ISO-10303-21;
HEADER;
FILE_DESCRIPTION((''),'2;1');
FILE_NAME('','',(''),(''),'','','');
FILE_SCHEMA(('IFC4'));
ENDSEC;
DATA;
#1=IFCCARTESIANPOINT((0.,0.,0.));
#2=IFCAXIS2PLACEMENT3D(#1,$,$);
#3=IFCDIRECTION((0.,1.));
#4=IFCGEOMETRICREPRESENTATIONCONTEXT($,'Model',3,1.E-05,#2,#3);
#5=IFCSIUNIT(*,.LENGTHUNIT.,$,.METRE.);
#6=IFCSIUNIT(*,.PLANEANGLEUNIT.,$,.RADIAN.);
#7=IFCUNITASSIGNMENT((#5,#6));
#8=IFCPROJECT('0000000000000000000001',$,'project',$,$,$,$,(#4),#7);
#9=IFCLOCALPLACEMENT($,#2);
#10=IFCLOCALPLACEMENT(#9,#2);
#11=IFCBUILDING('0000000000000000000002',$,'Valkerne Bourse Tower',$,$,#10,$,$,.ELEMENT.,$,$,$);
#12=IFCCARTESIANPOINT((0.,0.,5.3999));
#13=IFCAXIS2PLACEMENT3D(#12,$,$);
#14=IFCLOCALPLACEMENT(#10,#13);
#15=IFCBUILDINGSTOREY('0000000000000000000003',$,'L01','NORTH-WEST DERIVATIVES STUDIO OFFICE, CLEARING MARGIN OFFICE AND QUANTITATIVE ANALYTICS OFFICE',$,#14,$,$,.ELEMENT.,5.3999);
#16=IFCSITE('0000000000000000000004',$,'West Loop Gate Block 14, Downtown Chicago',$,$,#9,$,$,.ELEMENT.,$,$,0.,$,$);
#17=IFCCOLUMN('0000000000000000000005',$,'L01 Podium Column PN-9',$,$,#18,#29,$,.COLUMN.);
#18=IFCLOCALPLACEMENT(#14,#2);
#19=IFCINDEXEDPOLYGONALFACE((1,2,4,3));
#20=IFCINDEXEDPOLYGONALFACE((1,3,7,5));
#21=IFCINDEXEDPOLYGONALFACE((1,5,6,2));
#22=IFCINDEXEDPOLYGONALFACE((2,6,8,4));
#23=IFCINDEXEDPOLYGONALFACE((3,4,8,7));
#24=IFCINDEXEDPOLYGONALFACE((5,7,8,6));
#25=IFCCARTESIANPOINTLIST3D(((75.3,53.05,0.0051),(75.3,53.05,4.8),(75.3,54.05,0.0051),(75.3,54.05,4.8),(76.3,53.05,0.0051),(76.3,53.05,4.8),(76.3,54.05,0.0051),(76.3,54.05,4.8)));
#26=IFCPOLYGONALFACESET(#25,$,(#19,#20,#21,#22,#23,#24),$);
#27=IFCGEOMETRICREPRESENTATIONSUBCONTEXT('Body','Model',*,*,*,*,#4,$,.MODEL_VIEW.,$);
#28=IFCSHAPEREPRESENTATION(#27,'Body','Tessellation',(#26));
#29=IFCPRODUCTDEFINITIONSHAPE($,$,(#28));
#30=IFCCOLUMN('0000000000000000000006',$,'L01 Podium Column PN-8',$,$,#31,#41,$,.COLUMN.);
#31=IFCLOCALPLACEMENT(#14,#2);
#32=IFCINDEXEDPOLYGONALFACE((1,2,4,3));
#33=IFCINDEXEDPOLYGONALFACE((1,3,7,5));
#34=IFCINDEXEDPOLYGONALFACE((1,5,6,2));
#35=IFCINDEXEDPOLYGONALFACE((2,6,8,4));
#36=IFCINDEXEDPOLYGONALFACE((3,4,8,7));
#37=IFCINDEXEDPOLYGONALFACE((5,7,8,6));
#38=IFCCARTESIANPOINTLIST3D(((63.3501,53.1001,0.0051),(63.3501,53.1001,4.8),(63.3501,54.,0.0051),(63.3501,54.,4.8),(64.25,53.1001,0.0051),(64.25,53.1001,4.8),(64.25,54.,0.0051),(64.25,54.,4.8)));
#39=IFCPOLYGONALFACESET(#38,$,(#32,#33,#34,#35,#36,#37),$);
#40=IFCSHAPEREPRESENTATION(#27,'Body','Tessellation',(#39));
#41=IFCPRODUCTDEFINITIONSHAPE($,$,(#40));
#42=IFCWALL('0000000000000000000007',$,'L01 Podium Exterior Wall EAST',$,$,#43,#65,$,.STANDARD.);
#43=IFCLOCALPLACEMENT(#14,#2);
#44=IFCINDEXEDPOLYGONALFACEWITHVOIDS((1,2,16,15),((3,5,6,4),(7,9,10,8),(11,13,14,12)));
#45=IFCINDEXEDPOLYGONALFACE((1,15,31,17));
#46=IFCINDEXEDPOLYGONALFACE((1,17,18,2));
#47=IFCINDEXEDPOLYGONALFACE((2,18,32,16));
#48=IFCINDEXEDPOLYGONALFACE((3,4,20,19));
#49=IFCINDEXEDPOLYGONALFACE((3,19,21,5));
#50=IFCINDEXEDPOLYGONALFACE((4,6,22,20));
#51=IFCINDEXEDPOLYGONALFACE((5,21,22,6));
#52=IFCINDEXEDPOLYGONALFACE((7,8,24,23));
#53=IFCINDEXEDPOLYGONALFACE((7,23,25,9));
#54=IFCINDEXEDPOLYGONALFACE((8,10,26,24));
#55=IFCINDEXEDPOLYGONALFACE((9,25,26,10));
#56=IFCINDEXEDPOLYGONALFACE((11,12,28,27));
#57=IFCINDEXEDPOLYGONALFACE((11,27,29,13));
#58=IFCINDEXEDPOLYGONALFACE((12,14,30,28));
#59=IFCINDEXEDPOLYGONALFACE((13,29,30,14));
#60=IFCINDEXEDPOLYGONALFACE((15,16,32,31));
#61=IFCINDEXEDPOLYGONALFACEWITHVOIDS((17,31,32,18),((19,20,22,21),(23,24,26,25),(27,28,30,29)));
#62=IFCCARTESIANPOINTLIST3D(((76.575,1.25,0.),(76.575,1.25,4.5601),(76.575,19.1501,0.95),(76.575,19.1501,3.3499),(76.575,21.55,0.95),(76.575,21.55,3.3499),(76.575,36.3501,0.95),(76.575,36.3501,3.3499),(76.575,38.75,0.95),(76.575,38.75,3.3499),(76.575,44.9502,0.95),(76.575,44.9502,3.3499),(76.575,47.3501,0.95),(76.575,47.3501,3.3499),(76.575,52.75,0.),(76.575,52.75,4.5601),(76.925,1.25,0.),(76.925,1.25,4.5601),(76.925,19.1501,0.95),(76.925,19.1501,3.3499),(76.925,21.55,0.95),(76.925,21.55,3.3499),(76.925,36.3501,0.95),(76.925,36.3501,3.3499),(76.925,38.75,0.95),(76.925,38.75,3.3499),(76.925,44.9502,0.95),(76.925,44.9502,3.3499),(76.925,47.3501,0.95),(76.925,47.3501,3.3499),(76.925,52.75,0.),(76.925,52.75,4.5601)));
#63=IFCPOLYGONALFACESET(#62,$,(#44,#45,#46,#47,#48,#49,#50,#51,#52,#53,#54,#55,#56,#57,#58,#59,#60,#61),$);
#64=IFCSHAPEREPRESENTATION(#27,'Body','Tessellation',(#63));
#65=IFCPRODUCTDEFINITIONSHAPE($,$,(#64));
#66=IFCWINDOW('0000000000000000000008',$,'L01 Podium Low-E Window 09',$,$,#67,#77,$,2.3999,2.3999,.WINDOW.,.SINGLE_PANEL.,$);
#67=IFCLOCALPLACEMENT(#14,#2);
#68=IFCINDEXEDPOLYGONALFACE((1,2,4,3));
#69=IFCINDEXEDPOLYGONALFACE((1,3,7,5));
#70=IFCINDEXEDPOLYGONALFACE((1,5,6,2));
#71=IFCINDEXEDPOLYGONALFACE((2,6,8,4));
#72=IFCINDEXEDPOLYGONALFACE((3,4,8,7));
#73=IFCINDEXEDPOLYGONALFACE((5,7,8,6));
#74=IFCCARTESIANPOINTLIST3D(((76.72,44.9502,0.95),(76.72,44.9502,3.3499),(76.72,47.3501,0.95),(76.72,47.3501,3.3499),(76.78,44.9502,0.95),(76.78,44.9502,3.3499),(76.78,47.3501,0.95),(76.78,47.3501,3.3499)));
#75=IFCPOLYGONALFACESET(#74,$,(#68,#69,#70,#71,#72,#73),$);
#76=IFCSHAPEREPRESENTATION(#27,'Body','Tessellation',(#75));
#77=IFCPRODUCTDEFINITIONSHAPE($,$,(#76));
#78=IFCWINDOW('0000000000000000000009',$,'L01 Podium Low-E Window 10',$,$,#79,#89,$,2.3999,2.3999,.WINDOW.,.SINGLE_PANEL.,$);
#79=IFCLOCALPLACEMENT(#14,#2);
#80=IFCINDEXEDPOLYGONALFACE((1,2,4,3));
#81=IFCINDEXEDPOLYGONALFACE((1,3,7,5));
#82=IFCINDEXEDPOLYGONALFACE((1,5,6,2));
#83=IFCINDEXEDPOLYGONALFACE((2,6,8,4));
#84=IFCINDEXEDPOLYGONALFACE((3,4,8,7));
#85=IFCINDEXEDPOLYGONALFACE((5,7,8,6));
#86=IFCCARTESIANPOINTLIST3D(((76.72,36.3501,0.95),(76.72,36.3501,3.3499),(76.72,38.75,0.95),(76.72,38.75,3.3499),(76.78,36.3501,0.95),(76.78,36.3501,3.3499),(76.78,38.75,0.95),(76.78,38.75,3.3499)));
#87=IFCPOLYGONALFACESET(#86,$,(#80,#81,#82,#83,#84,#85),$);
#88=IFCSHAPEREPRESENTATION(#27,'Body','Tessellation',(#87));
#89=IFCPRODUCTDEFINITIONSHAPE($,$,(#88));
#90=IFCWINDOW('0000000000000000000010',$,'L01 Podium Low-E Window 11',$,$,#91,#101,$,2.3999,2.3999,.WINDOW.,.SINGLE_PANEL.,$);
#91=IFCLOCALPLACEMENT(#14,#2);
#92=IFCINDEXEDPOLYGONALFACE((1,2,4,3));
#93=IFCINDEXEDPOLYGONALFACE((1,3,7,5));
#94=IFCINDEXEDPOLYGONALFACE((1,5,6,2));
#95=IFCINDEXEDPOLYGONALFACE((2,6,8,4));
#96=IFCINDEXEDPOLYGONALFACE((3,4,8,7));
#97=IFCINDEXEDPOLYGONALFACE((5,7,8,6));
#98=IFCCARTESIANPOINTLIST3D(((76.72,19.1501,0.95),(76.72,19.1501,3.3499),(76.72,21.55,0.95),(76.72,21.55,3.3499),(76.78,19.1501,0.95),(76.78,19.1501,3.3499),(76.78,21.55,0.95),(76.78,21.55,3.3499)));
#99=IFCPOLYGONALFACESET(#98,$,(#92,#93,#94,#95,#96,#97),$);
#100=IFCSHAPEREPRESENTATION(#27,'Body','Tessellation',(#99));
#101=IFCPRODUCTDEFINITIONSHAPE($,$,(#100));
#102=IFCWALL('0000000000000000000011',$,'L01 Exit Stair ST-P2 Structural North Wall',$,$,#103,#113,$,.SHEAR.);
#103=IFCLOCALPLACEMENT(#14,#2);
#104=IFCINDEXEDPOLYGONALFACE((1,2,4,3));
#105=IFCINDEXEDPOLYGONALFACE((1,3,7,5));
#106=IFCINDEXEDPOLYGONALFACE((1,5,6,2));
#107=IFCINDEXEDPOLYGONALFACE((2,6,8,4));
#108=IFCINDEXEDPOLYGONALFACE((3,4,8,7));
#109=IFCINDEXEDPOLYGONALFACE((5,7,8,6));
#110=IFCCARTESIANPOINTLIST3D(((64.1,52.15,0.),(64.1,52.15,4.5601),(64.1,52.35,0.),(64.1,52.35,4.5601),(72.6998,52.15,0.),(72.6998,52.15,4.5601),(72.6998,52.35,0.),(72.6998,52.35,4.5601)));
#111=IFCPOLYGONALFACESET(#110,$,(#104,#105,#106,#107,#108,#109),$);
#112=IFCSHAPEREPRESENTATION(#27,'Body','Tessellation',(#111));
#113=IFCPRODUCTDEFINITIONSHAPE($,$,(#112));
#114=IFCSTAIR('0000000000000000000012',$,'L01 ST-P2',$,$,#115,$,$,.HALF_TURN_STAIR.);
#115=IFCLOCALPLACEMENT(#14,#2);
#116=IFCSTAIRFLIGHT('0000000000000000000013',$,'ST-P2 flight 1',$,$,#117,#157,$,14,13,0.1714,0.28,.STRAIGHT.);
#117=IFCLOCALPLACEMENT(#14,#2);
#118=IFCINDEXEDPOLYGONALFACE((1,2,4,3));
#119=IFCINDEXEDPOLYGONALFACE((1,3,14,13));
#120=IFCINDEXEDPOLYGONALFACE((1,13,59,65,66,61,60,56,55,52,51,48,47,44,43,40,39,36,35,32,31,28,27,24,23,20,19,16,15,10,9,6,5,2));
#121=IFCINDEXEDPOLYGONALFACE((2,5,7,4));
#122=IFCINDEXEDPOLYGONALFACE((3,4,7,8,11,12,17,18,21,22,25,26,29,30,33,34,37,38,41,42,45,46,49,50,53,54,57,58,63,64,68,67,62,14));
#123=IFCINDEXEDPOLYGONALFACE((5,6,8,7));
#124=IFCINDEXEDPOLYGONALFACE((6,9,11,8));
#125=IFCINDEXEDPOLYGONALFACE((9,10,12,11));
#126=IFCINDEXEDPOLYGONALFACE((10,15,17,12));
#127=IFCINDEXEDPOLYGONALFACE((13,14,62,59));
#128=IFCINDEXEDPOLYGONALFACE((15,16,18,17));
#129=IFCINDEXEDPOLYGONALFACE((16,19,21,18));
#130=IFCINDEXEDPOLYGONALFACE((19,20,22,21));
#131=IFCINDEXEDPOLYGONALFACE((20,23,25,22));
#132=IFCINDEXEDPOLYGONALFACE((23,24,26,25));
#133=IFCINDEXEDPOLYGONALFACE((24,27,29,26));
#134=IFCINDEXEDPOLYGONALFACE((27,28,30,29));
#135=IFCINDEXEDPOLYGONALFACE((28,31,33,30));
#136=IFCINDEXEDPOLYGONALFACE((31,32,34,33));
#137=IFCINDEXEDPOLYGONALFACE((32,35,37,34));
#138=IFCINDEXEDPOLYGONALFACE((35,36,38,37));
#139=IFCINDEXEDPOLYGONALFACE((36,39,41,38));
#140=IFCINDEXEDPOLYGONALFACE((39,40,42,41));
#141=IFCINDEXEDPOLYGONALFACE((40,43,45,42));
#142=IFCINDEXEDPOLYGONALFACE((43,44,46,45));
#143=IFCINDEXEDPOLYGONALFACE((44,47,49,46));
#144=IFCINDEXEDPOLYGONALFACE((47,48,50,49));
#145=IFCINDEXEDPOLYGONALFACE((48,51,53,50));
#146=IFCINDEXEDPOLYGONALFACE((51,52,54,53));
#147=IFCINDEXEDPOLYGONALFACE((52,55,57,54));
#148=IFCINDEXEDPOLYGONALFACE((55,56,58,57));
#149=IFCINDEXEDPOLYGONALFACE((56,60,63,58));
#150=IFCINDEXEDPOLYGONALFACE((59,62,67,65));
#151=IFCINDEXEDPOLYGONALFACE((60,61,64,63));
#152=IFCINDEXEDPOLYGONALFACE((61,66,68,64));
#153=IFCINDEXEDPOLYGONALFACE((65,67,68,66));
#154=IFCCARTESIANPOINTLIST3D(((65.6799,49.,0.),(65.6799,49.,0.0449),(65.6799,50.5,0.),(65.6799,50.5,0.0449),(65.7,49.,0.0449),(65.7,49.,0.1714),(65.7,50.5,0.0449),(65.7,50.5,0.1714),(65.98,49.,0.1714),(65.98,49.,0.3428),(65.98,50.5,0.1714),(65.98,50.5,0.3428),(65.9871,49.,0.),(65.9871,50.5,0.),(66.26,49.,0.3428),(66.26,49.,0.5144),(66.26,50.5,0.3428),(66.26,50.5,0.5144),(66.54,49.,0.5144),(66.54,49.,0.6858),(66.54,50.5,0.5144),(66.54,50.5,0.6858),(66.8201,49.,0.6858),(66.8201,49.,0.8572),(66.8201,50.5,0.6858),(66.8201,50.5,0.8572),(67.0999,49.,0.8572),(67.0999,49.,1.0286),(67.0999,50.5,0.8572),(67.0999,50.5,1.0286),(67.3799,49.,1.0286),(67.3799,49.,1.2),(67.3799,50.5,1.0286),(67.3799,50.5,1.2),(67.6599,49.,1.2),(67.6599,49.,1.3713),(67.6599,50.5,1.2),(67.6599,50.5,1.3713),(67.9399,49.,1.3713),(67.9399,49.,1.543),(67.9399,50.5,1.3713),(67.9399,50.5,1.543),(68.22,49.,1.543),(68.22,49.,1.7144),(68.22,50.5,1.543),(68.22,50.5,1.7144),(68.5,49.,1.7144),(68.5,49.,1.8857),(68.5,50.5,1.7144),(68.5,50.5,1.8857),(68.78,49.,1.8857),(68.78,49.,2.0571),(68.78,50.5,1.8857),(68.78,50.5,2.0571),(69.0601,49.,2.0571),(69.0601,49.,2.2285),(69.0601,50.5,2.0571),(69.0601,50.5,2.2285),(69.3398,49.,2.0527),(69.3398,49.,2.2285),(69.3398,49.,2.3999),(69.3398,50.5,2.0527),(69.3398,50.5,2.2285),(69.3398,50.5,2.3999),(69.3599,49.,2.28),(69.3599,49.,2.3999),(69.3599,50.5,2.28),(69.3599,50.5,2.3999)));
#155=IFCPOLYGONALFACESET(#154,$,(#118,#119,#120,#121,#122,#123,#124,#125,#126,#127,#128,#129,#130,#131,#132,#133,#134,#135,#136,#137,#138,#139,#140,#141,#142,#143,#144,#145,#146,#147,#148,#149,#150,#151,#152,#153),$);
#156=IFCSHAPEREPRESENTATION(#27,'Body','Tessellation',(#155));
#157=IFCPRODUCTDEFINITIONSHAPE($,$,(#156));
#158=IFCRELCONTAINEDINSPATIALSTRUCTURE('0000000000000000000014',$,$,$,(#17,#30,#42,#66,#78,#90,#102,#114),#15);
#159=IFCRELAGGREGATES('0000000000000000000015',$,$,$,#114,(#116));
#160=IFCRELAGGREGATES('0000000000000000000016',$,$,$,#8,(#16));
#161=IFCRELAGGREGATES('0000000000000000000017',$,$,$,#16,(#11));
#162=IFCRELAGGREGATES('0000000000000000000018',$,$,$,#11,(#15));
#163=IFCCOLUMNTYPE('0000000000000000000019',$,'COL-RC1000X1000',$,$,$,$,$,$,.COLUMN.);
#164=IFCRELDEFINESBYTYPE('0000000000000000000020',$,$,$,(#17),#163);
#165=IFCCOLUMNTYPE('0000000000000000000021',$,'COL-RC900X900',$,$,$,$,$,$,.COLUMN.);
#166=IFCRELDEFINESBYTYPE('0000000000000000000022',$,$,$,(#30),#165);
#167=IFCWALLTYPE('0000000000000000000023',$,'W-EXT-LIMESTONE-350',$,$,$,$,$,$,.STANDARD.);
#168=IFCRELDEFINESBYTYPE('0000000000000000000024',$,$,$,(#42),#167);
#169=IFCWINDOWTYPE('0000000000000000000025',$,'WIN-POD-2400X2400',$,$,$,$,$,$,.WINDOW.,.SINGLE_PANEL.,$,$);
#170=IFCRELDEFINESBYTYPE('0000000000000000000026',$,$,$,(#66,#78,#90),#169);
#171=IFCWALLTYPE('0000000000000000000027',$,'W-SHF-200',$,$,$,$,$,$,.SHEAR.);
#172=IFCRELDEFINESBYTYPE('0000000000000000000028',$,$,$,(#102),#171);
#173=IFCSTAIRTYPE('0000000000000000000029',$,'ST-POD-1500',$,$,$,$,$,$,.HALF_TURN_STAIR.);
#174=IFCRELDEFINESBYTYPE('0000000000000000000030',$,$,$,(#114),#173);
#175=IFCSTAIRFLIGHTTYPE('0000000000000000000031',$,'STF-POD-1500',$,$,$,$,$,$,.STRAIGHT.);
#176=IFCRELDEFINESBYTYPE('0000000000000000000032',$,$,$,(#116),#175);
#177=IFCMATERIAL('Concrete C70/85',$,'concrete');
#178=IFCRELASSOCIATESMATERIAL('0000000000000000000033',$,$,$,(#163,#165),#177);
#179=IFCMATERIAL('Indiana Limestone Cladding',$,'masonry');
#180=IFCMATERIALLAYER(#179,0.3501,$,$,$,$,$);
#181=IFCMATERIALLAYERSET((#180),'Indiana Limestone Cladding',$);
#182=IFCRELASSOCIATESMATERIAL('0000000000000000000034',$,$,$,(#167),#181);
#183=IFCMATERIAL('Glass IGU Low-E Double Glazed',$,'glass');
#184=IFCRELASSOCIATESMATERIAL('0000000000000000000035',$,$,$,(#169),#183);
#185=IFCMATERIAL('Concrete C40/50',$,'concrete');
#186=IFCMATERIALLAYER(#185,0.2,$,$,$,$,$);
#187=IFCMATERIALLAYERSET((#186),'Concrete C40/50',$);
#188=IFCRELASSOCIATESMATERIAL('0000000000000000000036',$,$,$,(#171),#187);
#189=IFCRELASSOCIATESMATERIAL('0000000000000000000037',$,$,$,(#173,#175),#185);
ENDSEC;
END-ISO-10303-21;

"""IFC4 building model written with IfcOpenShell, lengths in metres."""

from ifc_helpers import new_model, si_unit, direction, frame, frame_2d, origin, origin_2d, place, context, subcontext, project, spatial, polyline, rectangle, outline, extrude, material, layer, layer_set, material_profile, profile_set, type_object, element, fill, aggregate, save


model = new_model("IFC4")

# Units and contexts
model_context = context("Model", 3, precision=1e-05, world=origin(), true_north=direction((0.0, 1.0)))
body_context = subcontext(model_context, "Body", "Model", "MODEL_VIEW")
ifc_project = project(units=[si_unit("LENGTHUNIT", "METRE"), si_unit("PLANEANGLEUNIT", "RADIAN")], contexts=[model_context])

# Site, building, storey
site_placement = place(None, origin())
site = spatial("IfcSite", under=ifc_project, at=site_placement, Name="West Loop Gate Block 14, Downtown Chicago", CompositionType="ELEMENT", RefElevation=0.0)
building_placement = place(site_placement, origin())
building = spatial("IfcBuilding", under=site, at=building_placement, Name="Valkerne Bourse Tower", CompositionType="ELEMENT")
storey_placement = place(building_placement, frame((0.0, 0.0, 5.3999)))
storey = spatial("IfcBuildingStorey", under=building, at=storey_placement, Name="L01", Description="NORTH-WEST DERIVATIVES STUDIO OFFICE, CLEARING MARGIN OFFICE AND QUANTITATIVE ANALYTICS OFFICE", CompositionType="ELEMENT", Elevation=5.3999)

# Columns
ifc_material_1 = material(Name="Concrete C70/85", Category="concrete")
ifc_material_profile_1 = material_profile(ifc_material_1, rectangle(XDim=1.0, YDim=1.0, at=origin_2d()), Name="RC1000X1000")
ifc_profile_set_1 = profile_set([ifc_material_profile_1], Name="Concrete C70/85")
column_type_1 = type_object("IfcColumnType", Name="COL-RC1000X1000", PredefinedType="COLUMN", material=ifc_profile_set_1)
column_1_placement = place(storey_placement, frame((75.8, 53.55, 0.0051), z_axis=(0.0, 0.0, 1.0), x_axis=(1.0, 0.0, 0.0)))
element("IfcColumn", 1, at=column_1_placement, inside=storey, type_object=column_type_1, Name="L01 Podium Column PN-9", PredefinedType="COLUMN", context=body_context, shape_type="SweptSolid", body=[
    extrude(rectangle(XDim=1.0, YDim=1.0, at=origin_2d()), origin(), (0.0, 0.0, 1.0), 4.7949),
])
ifc_material_profile_2 = material_profile(ifc_material_1, rectangle(XDim=0.8999, YDim=0.8999, at=origin_2d()), Name="RC900X900")
ifc_profile_set_2 = profile_set([ifc_material_profile_2], Name="Concrete C70/85")
column_type_2 = type_object("IfcColumnType", Name="COL-RC900X900", PredefinedType="COLUMN", material=ifc_profile_set_2)
column_2_placement = place(storey_placement, frame((63.8, 53.55, 0.0051), z_axis=(0.0, 0.0, 1.0), x_axis=(1.0, 0.0, 0.0)))
element("IfcColumn", 2, at=column_2_placement, inside=storey, type_object=column_type_2, Name="L01 Podium Column PN-8", PredefinedType="COLUMN", context=body_context, shape_type="SweptSolid", body=[
    extrude(rectangle(XDim=0.8999, YDim=0.8999, at=origin_2d()), origin(), (0.0, 0.0, 1.0), 4.7949),
])

# Wall, openings, windows
ifc_material_2 = material(Name="Indiana Limestone Cladding", Category="masonry")
ifc_layer_1 = layer(ifc_material_2, 0.3501)
ifc_layer_set_1 = layer_set([ifc_layer_1], Name="Indiana Limestone Cladding")
wall_type_1 = type_object("IfcWallType", Name="W-EXT-LIMESTONE-350", PredefinedType="STANDARD", material=ifc_layer_set_1)
wall_1_placement = place(storey_placement, frame((76.75, 52.75, 0.0), z_axis=(0.0, 0.0, 1.0), x_axis=(0.0, -1.0, 0.0)))
wall_1 = element("IfcWall", 3, at=wall_1_placement, inside=storey, type_object=wall_type_1, Name="L01 Podium Exterior Wall EAST", PredefinedType="STANDARD", context=body_context, shape_type="SweptSolid", body=[
    extrude(rectangle(XDim=51.5, YDim=0.3501, at=frame_2d((25.75, 0.0))), origin(), (0.0, 0.0, 1.0), 4.5601),
])
opening_1_placement = place(wall_1_placement, frame((5.3999, 0.0, 0.95)))
opening_1 = element("IfcOpeningElement", 4, at=opening_1_placement, cuts=wall_1, PredefinedType="OPENING", context=body_context, shape_type="SweptSolid", body=[
    extrude(rectangle(XDim=2.3999, YDim=2.3999, at=frame_2d((1.2, 1.2))), frame((0.0, 0.1851, 0.0), z_axis=(0.0, -1.0, 0.0), x_axis=(1.0, 0.0, 0.0)), (0.0, 0.0, 1.0), 0.3701),
])
opening_2_placement = place(wall_1_placement, frame((14.0, 0.0, 0.95)))
opening_2 = element("IfcOpeningElement", 5, at=opening_2_placement, cuts=wall_1, PredefinedType="OPENING", context=body_context, shape_type="SweptSolid", body=[
    extrude(rectangle(XDim=2.3999, YDim=2.3999, at=frame_2d((1.2, 1.2))), frame((0.0, 0.1851, 0.0), z_axis=(0.0, -1.0, 0.0), x_axis=(1.0, 0.0, 0.0)), (0.0, 0.0, 1.0), 0.3701),
])
opening_3_placement = place(wall_1_placement, frame((31.2, 0.0, 0.95)))
opening_3 = element("IfcOpeningElement", 6, at=opening_3_placement, cuts=wall_1, PredefinedType="OPENING", context=body_context, shape_type="SweptSolid", body=[
    extrude(rectangle(XDim=2.3999, YDim=2.3999, at=frame_2d((1.2, 1.2))), frame((0.0, 0.1851, 0.0), z_axis=(0.0, -1.0, 0.0), x_axis=(1.0, 0.0, 0.0)), (0.0, 0.0, 1.0), 0.3701),
])
ifc_material_3 = material(Name="Glass IGU Low-E Double Glazed", Category="glass")
window_type = type_object("IfcWindowType", Name="WIN-POD-2400X2400", PartitioningType="SINGLE_PANEL", PredefinedType="WINDOW", material=ifc_material_3)
window_1_placement = place(opening_1_placement, origin())
window_1 = element("IfcWindow", 7, at=window_1_placement, inside=storey, type_object=window_type, Name="L01 Podium Low-E Window 09", OverallHeight=2.3999, OverallWidth=2.3999, PartitioningType="SINGLE_PANEL", PredefinedType="WINDOW", context=body_context, shape_type="SweptSolid", body=[
    extrude(rectangle(XDim=2.3999, YDim=2.3999, at=frame_2d((1.2, 1.2))), frame((0.0, 0.03, 0.0), z_axis=(0.0, -1.0, 0.0), x_axis=(1.0, 0.0, 0.0)), (0.0, 0.0, 1.0), 0.0601),
])
fill(opening_1, window_1)
window_2_placement = place(opening_2_placement, origin())
window_2 = element("IfcWindow", 8, at=window_2_placement, inside=storey, type_object=window_type, Name="L01 Podium Low-E Window 10", OverallHeight=2.3999, OverallWidth=2.3999, PartitioningType="SINGLE_PANEL", PredefinedType="WINDOW", context=body_context, shape_type="SweptSolid", body=[
    extrude(rectangle(XDim=2.3999, YDim=2.3999, at=frame_2d((1.2, 1.2))), frame((0.0, 0.03, 0.0), z_axis=(0.0, -1.0, 0.0), x_axis=(1.0, 0.0, 0.0)), (0.0, 0.0, 1.0), 0.0601),
])
fill(opening_2, window_2)
window_3_placement = place(opening_3_placement, origin())
window_3 = element("IfcWindow", 9, at=window_3_placement, inside=storey, type_object=window_type, Name="L01 Podium Low-E Window 11", OverallHeight=2.3999, OverallWidth=2.3999, PartitioningType="SINGLE_PANEL", PredefinedType="WINDOW", context=body_context, shape_type="SweptSolid", body=[
    extrude(rectangle(XDim=2.3999, YDim=2.3999, at=frame_2d((1.2, 1.2))), frame((0.0, 0.03, 0.0), z_axis=(0.0, -1.0, 0.0), x_axis=(1.0, 0.0, 0.0)), (0.0, 0.0, 1.0), 0.0601),
])
fill(opening_3, window_3)

# Wall
ifc_material_4 = material(Name="Concrete C40/50", Category="concrete")
ifc_layer_2 = layer(ifc_material_4, 0.2)
ifc_layer_set_2 = layer_set([ifc_layer_2], Name="Concrete C40/50")
wall_type_2 = type_object("IfcWallType", Name="W-SHF-200", PredefinedType="SHEAR", material=ifc_layer_set_2)
wall_2_placement = place(storey_placement, frame((64.1001, 52.25, 0.0), z_axis=(0.0, 0.0, 1.0), x_axis=(1.0, 0.0, 0.0)))
element("IfcWall", 10, at=wall_2_placement, inside=storey, type_object=wall_type_2, Name="L01 Exit Stair ST-P2 Structural North Wall", PredefinedType="SHEAR", context=body_context, shape_type="SweptSolid", body=[
    extrude(rectangle(XDim=8.5999, YDim=0.2, at=frame_2d((4.2998, 0.0))), origin(), (0.0, 0.0, 1.0), 4.5601),
])

# Stair, stair flight
stair_type = type_object("IfcStairType", Name="ST-POD-1500", PredefinedType="HALF_TURN_STAIR", material=ifc_material_4)
stair_placement = place(storey_placement, origin())
stair = element("IfcStair", 11, at=stair_placement, inside=storey, type_object=stair_type, Name="L01 ST-P2", PredefinedType="HALF_TURN_STAIR")
stair_flight_type = type_object("IfcStairFlightType", Name="STF-POD-1500", PredefinedType="STRAIGHT", material=ifc_material_4)
stair_flight_1_placement = place(storey_placement, frame((65.7, 49.75, 0.0), z_axis=(0.0, 0.0, 1.0), x_axis=(1.0, 0.0, 0.0)))
stair_flight_1 = element("IfcStairFlight", 12, at=stair_flight_1_placement, type_object=stair_flight_type, Name="ST-P2 flight 1", NumberOfRisers=14, NumberOfTreads=13, PredefinedType="STRAIGHT", RiserHeight=0.1714, TreadLength=0.28, context=body_context, shape_type="SweptSolid", body=[
    extrude(outline(polyline([(-0.02, 0.0), (-0.02, 0.0449), (0.0, 0.0449), (0.0, 0.1714), (0.28, 0.1714), (0.28, 0.3428), (0.5601, 0.3428), (0.5601, 0.5144), (0.8401, 0.5144), (0.8401, 0.6858), (1.1201, 0.6858), (1.1201, 0.8572), (1.3999, 0.8572), (1.3999, 1.0286), (1.6799, 1.0286), (1.6799, 1.2), (1.96, 1.2), (1.96, 1.3713), (2.24, 1.3713), (2.24, 1.543), (2.52, 1.543), (2.52, 1.7144), (2.8, 1.7144), (2.8, 1.8857), (3.0801, 1.8857), (3.0801, 2.0571), (3.3601, 2.0571), (3.3601, 2.2285), (3.6399, 2.2285), (3.6399, 2.3999), (3.6599, 2.3999), (3.6599, 2.28), (3.6399, 2.0527), (0.2871, 0.0), (-0.02, 0.0)])), frame((0.0, 0.75, 0.0), z_axis=(0.0, -1.0, 0.0), x_axis=(1.0, 0.0, 0.0)), (0.0, 0.0, 1.0), 1.5),
])
aggregate(stair, [stair_flight_1])

save(model, "model.ifc")
